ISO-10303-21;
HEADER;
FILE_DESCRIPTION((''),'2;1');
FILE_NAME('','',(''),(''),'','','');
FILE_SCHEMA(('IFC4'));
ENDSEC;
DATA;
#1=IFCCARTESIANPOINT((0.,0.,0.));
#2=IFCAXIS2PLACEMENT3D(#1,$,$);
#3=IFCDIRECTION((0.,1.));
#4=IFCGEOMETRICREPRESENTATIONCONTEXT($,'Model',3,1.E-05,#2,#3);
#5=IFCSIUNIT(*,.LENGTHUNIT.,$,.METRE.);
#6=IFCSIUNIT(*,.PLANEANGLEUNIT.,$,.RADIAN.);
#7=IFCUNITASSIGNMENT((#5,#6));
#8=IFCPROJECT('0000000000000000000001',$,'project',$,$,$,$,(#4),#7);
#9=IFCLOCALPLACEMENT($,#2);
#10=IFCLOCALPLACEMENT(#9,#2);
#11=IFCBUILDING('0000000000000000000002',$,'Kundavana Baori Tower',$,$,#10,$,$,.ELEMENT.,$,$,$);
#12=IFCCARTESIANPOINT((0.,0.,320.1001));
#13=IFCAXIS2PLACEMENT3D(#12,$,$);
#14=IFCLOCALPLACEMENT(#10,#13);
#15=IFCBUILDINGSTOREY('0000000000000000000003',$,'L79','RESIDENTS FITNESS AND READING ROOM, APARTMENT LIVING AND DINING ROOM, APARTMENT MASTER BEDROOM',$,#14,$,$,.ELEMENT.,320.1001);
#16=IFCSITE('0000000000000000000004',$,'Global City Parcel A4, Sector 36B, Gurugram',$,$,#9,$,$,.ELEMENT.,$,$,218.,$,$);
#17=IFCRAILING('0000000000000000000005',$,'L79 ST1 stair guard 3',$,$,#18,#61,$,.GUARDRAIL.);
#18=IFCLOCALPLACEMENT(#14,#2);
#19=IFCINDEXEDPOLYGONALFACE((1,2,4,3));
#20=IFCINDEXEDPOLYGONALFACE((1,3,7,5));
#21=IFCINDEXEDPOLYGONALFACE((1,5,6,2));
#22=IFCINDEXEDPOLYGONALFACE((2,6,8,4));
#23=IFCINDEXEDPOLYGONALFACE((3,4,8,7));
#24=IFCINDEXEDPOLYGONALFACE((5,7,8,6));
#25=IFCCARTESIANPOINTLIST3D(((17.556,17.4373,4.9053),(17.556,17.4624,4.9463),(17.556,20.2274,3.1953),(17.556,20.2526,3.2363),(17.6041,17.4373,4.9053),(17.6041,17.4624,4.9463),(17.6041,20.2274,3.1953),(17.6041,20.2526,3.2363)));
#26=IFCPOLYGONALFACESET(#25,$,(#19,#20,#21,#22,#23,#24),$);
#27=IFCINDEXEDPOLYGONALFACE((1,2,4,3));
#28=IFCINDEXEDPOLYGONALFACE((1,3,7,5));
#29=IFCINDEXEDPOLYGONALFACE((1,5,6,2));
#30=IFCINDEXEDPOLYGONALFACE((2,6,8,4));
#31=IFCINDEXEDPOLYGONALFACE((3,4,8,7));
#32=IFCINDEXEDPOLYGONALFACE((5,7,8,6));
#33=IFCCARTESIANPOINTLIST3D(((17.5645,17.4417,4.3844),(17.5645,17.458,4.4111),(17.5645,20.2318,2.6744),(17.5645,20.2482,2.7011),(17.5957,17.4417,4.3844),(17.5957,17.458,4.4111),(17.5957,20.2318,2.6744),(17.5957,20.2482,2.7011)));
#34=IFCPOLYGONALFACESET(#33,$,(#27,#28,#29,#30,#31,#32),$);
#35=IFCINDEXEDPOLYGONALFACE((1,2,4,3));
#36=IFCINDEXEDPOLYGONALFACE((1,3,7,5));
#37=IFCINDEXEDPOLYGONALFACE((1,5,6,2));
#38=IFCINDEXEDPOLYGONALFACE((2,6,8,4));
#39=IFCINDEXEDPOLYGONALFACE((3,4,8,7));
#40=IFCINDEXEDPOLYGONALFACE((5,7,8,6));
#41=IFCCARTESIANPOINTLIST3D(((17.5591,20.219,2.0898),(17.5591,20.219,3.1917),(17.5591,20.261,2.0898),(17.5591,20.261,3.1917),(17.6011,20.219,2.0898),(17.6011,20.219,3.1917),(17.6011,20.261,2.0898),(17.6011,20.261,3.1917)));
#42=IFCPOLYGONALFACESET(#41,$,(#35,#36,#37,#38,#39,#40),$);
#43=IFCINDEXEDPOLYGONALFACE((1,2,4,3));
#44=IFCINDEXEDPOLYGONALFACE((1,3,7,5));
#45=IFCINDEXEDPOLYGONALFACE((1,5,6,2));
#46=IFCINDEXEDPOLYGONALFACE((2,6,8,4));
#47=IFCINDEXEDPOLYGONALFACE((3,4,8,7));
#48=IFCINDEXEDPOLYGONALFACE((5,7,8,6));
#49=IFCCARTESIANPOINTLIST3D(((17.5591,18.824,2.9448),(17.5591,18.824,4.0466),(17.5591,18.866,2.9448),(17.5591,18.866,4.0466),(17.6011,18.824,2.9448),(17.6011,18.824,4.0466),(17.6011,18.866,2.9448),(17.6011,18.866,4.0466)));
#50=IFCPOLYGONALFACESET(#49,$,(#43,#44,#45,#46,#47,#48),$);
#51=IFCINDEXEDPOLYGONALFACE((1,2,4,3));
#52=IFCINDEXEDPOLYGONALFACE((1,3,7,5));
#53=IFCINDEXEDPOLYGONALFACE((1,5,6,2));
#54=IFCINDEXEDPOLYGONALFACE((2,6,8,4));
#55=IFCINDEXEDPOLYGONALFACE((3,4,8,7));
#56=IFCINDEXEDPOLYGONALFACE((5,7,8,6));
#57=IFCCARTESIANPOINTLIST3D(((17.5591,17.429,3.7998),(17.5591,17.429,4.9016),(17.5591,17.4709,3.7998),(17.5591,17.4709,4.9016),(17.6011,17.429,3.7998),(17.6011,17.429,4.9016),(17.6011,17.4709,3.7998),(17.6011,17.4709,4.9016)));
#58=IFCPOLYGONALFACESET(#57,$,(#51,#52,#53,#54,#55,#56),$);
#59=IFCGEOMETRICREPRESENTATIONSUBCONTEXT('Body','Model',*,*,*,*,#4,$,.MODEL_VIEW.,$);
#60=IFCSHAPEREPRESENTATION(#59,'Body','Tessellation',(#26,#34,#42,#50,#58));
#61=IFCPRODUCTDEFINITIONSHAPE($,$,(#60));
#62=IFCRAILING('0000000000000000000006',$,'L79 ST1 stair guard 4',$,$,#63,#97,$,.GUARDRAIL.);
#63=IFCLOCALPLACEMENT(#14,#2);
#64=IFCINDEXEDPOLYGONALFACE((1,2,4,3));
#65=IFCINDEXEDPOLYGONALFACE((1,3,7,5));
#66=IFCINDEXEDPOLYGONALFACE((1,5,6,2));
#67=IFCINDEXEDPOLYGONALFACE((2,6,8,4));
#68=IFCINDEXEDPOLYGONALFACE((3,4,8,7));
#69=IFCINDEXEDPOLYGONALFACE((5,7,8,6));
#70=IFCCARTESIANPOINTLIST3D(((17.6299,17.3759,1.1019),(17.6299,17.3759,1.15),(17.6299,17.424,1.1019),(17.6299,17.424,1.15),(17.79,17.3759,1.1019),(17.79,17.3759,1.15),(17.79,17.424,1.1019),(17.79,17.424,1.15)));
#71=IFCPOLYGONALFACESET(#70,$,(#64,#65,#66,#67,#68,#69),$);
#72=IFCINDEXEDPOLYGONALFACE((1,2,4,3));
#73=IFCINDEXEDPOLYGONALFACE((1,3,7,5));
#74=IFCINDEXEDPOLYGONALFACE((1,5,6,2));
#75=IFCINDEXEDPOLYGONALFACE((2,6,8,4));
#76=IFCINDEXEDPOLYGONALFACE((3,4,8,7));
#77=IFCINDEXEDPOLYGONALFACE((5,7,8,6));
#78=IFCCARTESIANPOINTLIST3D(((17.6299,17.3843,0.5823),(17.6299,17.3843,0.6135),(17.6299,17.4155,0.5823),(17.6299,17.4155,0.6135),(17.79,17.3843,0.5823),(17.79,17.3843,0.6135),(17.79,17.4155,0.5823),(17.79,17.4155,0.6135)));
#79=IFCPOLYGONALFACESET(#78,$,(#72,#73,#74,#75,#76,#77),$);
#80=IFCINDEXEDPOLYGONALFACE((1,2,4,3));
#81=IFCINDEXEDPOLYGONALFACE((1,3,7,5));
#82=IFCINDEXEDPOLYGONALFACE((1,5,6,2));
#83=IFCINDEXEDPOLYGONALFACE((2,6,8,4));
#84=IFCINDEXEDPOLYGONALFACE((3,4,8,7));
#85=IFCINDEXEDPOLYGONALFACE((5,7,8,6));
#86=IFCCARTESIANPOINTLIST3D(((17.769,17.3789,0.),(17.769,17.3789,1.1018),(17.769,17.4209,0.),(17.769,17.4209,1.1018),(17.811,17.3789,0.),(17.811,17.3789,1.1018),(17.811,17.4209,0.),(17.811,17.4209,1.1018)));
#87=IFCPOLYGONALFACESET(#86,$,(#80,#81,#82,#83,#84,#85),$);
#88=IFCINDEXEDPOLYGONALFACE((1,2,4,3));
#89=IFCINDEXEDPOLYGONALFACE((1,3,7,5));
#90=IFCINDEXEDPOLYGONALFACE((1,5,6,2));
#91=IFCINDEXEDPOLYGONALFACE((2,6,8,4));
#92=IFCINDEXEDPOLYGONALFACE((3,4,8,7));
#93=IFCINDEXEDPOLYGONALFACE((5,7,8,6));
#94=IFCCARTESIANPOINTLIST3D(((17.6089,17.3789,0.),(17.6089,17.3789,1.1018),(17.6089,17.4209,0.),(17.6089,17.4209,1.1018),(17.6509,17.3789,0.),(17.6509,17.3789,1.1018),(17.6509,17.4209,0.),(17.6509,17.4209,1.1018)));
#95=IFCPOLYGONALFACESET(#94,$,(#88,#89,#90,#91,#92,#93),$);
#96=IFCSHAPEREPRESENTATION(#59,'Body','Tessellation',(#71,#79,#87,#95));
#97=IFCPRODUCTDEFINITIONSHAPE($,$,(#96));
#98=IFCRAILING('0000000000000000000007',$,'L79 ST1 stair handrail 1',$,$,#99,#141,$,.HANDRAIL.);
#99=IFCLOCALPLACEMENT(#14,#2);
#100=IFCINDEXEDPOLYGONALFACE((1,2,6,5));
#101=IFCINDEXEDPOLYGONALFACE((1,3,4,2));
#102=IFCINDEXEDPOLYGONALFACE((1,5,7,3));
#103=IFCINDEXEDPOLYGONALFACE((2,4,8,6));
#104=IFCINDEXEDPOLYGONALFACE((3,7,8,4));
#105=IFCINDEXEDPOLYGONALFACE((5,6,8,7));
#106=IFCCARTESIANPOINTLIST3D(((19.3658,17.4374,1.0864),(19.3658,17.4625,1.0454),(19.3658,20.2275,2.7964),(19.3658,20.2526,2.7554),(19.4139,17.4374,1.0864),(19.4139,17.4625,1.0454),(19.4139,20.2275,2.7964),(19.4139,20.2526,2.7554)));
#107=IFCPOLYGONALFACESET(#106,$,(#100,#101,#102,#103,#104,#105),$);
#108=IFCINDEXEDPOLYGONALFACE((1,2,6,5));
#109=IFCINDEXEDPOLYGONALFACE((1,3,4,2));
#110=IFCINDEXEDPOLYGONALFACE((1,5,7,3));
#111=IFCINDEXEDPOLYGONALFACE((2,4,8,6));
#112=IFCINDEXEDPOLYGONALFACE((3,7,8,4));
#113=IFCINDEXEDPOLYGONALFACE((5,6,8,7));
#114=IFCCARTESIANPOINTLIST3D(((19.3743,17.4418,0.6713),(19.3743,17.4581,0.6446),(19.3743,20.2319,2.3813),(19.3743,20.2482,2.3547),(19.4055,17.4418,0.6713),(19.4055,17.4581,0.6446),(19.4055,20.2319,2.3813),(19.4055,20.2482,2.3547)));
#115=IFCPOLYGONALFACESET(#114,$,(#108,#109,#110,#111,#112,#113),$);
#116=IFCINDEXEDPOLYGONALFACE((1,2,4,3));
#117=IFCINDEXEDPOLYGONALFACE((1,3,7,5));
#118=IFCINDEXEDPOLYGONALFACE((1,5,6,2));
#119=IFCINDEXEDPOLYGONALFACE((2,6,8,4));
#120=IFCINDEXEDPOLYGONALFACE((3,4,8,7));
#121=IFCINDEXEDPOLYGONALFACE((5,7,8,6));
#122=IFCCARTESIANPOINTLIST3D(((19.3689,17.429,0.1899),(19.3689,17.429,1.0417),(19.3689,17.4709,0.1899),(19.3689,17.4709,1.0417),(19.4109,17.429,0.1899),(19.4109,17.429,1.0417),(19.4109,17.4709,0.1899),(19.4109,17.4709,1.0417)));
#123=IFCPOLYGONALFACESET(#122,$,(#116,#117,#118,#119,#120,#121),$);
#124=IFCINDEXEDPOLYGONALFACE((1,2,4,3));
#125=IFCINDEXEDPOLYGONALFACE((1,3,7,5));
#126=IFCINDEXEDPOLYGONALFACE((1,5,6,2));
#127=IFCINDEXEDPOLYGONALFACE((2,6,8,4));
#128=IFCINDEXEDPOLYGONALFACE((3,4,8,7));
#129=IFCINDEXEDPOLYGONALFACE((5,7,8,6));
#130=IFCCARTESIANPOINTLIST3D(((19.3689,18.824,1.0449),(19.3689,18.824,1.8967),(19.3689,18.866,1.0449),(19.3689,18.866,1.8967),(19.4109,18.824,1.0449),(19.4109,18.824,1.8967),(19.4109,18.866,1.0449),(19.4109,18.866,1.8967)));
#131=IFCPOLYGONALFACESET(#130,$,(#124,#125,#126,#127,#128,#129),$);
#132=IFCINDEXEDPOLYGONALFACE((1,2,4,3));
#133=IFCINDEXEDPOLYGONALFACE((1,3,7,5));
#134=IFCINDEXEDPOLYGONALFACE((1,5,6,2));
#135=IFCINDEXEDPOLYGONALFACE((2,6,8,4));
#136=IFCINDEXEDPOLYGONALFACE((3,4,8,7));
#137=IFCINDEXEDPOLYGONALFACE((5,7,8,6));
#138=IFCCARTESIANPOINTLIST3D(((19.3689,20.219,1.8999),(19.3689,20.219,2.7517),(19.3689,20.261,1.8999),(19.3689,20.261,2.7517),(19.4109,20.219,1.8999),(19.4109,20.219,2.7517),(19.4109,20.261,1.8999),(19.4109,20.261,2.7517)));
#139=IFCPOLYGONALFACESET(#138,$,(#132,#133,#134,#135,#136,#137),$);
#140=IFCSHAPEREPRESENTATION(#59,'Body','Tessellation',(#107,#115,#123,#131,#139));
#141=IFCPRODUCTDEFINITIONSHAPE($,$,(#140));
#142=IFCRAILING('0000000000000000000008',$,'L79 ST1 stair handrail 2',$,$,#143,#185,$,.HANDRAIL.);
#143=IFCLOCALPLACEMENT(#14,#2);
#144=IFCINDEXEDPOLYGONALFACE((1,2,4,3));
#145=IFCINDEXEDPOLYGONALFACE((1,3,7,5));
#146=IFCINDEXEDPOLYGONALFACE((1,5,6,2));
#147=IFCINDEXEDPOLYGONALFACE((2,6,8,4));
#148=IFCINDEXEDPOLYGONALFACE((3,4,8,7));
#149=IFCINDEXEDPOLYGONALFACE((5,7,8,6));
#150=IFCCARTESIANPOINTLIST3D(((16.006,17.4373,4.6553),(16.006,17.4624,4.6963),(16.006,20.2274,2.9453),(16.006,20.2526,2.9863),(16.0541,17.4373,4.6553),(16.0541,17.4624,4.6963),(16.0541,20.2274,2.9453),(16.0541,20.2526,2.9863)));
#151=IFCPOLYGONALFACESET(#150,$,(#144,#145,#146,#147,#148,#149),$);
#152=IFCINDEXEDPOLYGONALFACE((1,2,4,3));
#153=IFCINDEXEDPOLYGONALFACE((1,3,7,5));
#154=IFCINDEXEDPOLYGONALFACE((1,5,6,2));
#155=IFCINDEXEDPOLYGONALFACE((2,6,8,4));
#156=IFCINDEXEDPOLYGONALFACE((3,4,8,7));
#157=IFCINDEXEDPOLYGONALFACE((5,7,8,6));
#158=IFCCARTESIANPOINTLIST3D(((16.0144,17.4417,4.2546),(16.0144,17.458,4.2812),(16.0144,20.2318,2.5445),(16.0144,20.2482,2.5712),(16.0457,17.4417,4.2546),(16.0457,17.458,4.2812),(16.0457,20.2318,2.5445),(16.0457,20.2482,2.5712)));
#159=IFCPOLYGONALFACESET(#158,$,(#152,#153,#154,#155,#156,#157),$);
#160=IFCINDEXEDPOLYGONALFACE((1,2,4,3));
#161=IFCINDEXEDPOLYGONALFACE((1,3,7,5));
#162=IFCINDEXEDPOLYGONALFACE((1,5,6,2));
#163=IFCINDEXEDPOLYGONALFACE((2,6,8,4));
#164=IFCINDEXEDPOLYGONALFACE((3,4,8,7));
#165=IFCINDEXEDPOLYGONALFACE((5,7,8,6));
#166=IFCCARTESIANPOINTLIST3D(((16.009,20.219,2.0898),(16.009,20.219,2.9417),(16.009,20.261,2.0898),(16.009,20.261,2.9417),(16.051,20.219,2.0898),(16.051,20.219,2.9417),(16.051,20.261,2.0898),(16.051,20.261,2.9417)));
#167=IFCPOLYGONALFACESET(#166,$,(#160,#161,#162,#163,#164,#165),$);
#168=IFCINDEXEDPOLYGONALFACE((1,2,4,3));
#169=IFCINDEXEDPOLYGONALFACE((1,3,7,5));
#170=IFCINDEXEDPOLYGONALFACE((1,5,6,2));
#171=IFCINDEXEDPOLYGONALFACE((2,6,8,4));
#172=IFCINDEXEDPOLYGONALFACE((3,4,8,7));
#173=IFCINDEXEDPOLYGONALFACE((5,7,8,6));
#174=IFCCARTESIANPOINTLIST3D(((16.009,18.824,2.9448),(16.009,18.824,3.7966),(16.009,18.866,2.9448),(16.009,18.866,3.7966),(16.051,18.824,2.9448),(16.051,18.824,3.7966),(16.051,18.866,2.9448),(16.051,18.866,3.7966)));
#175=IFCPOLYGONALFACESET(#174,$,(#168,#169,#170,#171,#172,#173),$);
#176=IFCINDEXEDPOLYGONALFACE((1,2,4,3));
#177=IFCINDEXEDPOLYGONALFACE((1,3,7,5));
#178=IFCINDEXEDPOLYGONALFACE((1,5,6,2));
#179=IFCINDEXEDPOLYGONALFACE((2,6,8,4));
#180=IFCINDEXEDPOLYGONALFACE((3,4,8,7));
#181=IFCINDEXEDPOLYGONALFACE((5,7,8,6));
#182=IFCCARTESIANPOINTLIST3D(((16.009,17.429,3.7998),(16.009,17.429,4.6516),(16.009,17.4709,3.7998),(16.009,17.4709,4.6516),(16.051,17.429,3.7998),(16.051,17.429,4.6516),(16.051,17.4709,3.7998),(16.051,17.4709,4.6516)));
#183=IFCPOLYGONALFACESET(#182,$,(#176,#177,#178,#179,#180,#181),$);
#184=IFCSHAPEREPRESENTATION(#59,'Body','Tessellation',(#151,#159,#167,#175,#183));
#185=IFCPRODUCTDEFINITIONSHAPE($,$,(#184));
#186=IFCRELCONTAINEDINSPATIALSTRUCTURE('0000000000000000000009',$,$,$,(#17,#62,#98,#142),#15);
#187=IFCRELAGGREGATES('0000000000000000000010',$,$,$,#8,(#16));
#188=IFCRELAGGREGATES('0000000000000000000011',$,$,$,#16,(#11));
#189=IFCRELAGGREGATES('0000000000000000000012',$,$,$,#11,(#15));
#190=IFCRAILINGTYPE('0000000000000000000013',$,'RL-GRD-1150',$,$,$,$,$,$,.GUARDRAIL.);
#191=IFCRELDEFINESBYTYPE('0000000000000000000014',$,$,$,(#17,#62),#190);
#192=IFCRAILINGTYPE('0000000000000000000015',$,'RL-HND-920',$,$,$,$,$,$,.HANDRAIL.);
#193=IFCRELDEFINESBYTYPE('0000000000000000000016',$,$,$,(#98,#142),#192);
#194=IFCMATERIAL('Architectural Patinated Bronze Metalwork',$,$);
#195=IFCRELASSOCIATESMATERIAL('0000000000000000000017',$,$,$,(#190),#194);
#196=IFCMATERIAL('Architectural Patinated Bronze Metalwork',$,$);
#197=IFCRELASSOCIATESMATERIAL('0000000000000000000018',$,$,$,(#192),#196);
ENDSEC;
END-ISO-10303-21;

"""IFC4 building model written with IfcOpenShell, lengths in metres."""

from ifc_helpers import new_model, si_unit, direction, frame, origin, origin_2d, place, context, subcontext, project, spatial, rectangle, extrude, material, type_object, element, save


model = new_model("IFC4")

# Units and contexts
model_context = context("Model", 3, precision=1e-05, world=origin(), true_north=direction((0.0, 1.0)))
body_context = subcontext(model_context, "Body", "Model", "MODEL_VIEW")
ifc_project = project(units=[si_unit("LENGTHUNIT", "METRE"), si_unit("PLANEANGLEUNIT", "RADIAN")], contexts=[model_context])

# Site, building, storey
site_placement = place(None, origin())
site = spatial("IfcSite", under=ifc_project, at=site_placement, Name="Global City Parcel A4, Sector 36B, Gurugram", CompositionType="ELEMENT", RefElevation=218.0)
building_placement = place(site_placement, origin())
building = spatial("IfcBuilding", under=site, at=building_placement, Name="Kundavana Baori Tower", CompositionType="ELEMENT")
storey_placement = place(building_placement, frame((0.0, 0.0, 320.1001)))
storey = spatial("IfcBuildingStorey", under=building, at=storey_placement, Name="L79", Description="RESIDENTS FITNESS AND READING ROOM, APARTMENT LIVING AND DINING ROOM, APARTMENT MASTER BEDROOM", CompositionType="ELEMENT", Elevation=320.1001)

# Railings
ifc_material_1 = material(Name="Architectural Patinated Bronze Metalwork")
railing_type_1 = type_object("IfcRailingType", Name="RL-GRD-1150", PredefinedType="GUARDRAIL", material=ifc_material_1)
railing_1_placement = place(storey_placement, frame((17.5801, 20.24, 2.0898)))
element("IfcRailing", 1, at=railing_1_placement, inside=storey, type_object=railing_type_1, Name="L79 ST1 stair guard 3", PredefinedType="GUARDRAIL", context=body_context, shape_type="SweptSolid", body=[
    extrude(rectangle(XDim=0.0481, YDim=0.0481, at=origin_2d()), frame((0.0, 0.0, 1.126), z_axis=(0.0, -0.85261, 0.522548), x_axis=(1.0, 0.0, 0.0)), (0.0, 0.0, 1.0), 3.2725),
    extrude(rectangle(XDim=0.0312, YDim=0.0312, at=origin_2d()), frame((0.0, 0.0, 0.5979), z_axis=(0.0, -0.85261, 0.522548), x_axis=(1.0, 0.0, 0.0)), (0.0, 0.0, 1.0), 3.2725),
    extrude(rectangle(XDim=0.042, YDim=0.042, at=origin_2d()), origin(), (0.0, 0.0, 1.0), 1.1018),
    extrude(rectangle(XDim=0.042, YDim=0.042, at=origin_2d()), frame((0.0, -1.395, 0.855)), (0.0, 0.0, 1.0), 1.1018),
    extrude(rectangle(XDim=0.042, YDim=0.042, at=origin_2d()), frame((0.0, -2.79, 1.71)), (0.0, 0.0, 1.0), 1.1018),
])
railing_2_placement = place(storey_placement, frame((17.79, 17.3999, 0.0)))
element("IfcRailing", 2, at=railing_2_placement, inside=storey, type_object=railing_type_1, Name="L79 ST1 stair guard 4", PredefinedType="GUARDRAIL", context=body_context, shape_type="SweptSolid", body=[
    extrude(rectangle(XDim=0.0481, YDim=0.0481, at=origin_2d()), frame((0.0, 0.0, 1.126), z_axis=(-1.0, 0.0, 0.0), x_axis=(0.0, -1.0, 0.0)), (0.0, 0.0, 1.0), 0.1602),
    extrude(rectangle(XDim=0.0312, YDim=0.0312, at=origin_2d()), frame((0.0, 0.0, 0.5979), z_axis=(-1.0, 0.0, 0.0), x_axis=(0.0, -1.0, 0.0)), (0.0, 0.0, 1.0), 0.1602),
    extrude(rectangle(XDim=0.042, YDim=0.042, at=origin_2d()), origin(), (0.0, 0.0, 1.0), 1.1018),
    extrude(rectangle(XDim=0.042, YDim=0.042, at=origin_2d()), frame((-0.1602, 0.0, 0.0)), (0.0, 0.0, 1.0), 1.1018),
])
ifc_material_2 = material(Name="Architectural Patinated Bronze Metalwork")
railing_type_2 = type_object("IfcRailingType", Name="RL-HND-920", PredefinedType="HANDRAIL", material=ifc_material_2)
railing_3_placement = place(storey_placement, frame((19.3899, 17.45, 0.1899)))
element("IfcRailing", 3, at=railing_3_placement, inside=storey, type_object=railing_type_2, Name="L79 ST1 stair handrail 1", PredefinedType="HANDRAIL", context=body_context, shape_type="SweptSolid", body=[
    extrude(rectangle(XDim=0.0481, YDim=0.0481, at=origin_2d()), frame((0.0, 0.0, 0.876), z_axis=(0.0, 0.85261, 0.522548), x_axis=(-1.0, 0.0, 0.0)), (0.0, 0.0, 1.0), 3.2725),
    extrude(rectangle(XDim=0.0312, YDim=0.0312, at=origin_2d()), frame((0.0, 0.0, 0.468), z_axis=(0.0, 0.85261, 0.522548), x_axis=(-1.0, 0.0, 0.0)), (0.0, 0.0, 1.0), 3.2725),
    extrude(rectangle(XDim=0.042, YDim=0.042, at=origin_2d()), origin(), (0.0, 0.0, 1.0), 0.8518),
    extrude(rectangle(XDim=0.042, YDim=0.042, at=origin_2d()), frame((0.0, 1.395, 0.855)), (0.0, 0.0, 1.0), 0.8518),
    extrude(rectangle(XDim=0.042, YDim=0.042, at=origin_2d()), frame((0.0, 2.79, 1.71)), (0.0, 0.0, 1.0), 0.8518),
])
railing_4_placement = place(storey_placement, frame((16.03, 20.24, 2.0898)))
element("IfcRailing", 4, at=railing_4_placement, inside=storey, type_object=railing_type_2, Name="L79 ST1 stair handrail 2", PredefinedType="HANDRAIL", context=body_context, shape_type="SweptSolid", body=[
    extrude(rectangle(XDim=0.0481, YDim=0.0481, at=origin_2d()), frame((0.0, 0.0, 0.876), z_axis=(0.0, -0.85261, 0.522548), x_axis=(1.0, 0.0, 0.0)), (0.0, 0.0, 1.0), 3.2725),
    extrude(rectangle(XDim=0.0312, YDim=0.0312, at=origin_2d()), frame((0.0, 0.0, 0.468), z_axis=(0.0, -0.85261, 0.522548), x_axis=(1.0, 0.0, 0.0)), (0.0, 0.0, 1.0), 3.2725),
    extrude(rectangle(XDim=0.042, YDim=0.042, at=origin_2d()), origin(), (0.0, 0.0, 1.0), 0.8518),
    extrude(rectangle(XDim=0.042, YDim=0.042, at=origin_2d()), frame((0.0, -1.395, 0.855)), (0.0, 0.0, 1.0), 0.8518),
    extrude(rectangle(XDim=0.042, YDim=0.042, at=origin_2d()), frame((0.0, -2.79, 1.71)), (0.0, 0.0, 1.0), 0.8518),
])

save(model, "model.ifc")
